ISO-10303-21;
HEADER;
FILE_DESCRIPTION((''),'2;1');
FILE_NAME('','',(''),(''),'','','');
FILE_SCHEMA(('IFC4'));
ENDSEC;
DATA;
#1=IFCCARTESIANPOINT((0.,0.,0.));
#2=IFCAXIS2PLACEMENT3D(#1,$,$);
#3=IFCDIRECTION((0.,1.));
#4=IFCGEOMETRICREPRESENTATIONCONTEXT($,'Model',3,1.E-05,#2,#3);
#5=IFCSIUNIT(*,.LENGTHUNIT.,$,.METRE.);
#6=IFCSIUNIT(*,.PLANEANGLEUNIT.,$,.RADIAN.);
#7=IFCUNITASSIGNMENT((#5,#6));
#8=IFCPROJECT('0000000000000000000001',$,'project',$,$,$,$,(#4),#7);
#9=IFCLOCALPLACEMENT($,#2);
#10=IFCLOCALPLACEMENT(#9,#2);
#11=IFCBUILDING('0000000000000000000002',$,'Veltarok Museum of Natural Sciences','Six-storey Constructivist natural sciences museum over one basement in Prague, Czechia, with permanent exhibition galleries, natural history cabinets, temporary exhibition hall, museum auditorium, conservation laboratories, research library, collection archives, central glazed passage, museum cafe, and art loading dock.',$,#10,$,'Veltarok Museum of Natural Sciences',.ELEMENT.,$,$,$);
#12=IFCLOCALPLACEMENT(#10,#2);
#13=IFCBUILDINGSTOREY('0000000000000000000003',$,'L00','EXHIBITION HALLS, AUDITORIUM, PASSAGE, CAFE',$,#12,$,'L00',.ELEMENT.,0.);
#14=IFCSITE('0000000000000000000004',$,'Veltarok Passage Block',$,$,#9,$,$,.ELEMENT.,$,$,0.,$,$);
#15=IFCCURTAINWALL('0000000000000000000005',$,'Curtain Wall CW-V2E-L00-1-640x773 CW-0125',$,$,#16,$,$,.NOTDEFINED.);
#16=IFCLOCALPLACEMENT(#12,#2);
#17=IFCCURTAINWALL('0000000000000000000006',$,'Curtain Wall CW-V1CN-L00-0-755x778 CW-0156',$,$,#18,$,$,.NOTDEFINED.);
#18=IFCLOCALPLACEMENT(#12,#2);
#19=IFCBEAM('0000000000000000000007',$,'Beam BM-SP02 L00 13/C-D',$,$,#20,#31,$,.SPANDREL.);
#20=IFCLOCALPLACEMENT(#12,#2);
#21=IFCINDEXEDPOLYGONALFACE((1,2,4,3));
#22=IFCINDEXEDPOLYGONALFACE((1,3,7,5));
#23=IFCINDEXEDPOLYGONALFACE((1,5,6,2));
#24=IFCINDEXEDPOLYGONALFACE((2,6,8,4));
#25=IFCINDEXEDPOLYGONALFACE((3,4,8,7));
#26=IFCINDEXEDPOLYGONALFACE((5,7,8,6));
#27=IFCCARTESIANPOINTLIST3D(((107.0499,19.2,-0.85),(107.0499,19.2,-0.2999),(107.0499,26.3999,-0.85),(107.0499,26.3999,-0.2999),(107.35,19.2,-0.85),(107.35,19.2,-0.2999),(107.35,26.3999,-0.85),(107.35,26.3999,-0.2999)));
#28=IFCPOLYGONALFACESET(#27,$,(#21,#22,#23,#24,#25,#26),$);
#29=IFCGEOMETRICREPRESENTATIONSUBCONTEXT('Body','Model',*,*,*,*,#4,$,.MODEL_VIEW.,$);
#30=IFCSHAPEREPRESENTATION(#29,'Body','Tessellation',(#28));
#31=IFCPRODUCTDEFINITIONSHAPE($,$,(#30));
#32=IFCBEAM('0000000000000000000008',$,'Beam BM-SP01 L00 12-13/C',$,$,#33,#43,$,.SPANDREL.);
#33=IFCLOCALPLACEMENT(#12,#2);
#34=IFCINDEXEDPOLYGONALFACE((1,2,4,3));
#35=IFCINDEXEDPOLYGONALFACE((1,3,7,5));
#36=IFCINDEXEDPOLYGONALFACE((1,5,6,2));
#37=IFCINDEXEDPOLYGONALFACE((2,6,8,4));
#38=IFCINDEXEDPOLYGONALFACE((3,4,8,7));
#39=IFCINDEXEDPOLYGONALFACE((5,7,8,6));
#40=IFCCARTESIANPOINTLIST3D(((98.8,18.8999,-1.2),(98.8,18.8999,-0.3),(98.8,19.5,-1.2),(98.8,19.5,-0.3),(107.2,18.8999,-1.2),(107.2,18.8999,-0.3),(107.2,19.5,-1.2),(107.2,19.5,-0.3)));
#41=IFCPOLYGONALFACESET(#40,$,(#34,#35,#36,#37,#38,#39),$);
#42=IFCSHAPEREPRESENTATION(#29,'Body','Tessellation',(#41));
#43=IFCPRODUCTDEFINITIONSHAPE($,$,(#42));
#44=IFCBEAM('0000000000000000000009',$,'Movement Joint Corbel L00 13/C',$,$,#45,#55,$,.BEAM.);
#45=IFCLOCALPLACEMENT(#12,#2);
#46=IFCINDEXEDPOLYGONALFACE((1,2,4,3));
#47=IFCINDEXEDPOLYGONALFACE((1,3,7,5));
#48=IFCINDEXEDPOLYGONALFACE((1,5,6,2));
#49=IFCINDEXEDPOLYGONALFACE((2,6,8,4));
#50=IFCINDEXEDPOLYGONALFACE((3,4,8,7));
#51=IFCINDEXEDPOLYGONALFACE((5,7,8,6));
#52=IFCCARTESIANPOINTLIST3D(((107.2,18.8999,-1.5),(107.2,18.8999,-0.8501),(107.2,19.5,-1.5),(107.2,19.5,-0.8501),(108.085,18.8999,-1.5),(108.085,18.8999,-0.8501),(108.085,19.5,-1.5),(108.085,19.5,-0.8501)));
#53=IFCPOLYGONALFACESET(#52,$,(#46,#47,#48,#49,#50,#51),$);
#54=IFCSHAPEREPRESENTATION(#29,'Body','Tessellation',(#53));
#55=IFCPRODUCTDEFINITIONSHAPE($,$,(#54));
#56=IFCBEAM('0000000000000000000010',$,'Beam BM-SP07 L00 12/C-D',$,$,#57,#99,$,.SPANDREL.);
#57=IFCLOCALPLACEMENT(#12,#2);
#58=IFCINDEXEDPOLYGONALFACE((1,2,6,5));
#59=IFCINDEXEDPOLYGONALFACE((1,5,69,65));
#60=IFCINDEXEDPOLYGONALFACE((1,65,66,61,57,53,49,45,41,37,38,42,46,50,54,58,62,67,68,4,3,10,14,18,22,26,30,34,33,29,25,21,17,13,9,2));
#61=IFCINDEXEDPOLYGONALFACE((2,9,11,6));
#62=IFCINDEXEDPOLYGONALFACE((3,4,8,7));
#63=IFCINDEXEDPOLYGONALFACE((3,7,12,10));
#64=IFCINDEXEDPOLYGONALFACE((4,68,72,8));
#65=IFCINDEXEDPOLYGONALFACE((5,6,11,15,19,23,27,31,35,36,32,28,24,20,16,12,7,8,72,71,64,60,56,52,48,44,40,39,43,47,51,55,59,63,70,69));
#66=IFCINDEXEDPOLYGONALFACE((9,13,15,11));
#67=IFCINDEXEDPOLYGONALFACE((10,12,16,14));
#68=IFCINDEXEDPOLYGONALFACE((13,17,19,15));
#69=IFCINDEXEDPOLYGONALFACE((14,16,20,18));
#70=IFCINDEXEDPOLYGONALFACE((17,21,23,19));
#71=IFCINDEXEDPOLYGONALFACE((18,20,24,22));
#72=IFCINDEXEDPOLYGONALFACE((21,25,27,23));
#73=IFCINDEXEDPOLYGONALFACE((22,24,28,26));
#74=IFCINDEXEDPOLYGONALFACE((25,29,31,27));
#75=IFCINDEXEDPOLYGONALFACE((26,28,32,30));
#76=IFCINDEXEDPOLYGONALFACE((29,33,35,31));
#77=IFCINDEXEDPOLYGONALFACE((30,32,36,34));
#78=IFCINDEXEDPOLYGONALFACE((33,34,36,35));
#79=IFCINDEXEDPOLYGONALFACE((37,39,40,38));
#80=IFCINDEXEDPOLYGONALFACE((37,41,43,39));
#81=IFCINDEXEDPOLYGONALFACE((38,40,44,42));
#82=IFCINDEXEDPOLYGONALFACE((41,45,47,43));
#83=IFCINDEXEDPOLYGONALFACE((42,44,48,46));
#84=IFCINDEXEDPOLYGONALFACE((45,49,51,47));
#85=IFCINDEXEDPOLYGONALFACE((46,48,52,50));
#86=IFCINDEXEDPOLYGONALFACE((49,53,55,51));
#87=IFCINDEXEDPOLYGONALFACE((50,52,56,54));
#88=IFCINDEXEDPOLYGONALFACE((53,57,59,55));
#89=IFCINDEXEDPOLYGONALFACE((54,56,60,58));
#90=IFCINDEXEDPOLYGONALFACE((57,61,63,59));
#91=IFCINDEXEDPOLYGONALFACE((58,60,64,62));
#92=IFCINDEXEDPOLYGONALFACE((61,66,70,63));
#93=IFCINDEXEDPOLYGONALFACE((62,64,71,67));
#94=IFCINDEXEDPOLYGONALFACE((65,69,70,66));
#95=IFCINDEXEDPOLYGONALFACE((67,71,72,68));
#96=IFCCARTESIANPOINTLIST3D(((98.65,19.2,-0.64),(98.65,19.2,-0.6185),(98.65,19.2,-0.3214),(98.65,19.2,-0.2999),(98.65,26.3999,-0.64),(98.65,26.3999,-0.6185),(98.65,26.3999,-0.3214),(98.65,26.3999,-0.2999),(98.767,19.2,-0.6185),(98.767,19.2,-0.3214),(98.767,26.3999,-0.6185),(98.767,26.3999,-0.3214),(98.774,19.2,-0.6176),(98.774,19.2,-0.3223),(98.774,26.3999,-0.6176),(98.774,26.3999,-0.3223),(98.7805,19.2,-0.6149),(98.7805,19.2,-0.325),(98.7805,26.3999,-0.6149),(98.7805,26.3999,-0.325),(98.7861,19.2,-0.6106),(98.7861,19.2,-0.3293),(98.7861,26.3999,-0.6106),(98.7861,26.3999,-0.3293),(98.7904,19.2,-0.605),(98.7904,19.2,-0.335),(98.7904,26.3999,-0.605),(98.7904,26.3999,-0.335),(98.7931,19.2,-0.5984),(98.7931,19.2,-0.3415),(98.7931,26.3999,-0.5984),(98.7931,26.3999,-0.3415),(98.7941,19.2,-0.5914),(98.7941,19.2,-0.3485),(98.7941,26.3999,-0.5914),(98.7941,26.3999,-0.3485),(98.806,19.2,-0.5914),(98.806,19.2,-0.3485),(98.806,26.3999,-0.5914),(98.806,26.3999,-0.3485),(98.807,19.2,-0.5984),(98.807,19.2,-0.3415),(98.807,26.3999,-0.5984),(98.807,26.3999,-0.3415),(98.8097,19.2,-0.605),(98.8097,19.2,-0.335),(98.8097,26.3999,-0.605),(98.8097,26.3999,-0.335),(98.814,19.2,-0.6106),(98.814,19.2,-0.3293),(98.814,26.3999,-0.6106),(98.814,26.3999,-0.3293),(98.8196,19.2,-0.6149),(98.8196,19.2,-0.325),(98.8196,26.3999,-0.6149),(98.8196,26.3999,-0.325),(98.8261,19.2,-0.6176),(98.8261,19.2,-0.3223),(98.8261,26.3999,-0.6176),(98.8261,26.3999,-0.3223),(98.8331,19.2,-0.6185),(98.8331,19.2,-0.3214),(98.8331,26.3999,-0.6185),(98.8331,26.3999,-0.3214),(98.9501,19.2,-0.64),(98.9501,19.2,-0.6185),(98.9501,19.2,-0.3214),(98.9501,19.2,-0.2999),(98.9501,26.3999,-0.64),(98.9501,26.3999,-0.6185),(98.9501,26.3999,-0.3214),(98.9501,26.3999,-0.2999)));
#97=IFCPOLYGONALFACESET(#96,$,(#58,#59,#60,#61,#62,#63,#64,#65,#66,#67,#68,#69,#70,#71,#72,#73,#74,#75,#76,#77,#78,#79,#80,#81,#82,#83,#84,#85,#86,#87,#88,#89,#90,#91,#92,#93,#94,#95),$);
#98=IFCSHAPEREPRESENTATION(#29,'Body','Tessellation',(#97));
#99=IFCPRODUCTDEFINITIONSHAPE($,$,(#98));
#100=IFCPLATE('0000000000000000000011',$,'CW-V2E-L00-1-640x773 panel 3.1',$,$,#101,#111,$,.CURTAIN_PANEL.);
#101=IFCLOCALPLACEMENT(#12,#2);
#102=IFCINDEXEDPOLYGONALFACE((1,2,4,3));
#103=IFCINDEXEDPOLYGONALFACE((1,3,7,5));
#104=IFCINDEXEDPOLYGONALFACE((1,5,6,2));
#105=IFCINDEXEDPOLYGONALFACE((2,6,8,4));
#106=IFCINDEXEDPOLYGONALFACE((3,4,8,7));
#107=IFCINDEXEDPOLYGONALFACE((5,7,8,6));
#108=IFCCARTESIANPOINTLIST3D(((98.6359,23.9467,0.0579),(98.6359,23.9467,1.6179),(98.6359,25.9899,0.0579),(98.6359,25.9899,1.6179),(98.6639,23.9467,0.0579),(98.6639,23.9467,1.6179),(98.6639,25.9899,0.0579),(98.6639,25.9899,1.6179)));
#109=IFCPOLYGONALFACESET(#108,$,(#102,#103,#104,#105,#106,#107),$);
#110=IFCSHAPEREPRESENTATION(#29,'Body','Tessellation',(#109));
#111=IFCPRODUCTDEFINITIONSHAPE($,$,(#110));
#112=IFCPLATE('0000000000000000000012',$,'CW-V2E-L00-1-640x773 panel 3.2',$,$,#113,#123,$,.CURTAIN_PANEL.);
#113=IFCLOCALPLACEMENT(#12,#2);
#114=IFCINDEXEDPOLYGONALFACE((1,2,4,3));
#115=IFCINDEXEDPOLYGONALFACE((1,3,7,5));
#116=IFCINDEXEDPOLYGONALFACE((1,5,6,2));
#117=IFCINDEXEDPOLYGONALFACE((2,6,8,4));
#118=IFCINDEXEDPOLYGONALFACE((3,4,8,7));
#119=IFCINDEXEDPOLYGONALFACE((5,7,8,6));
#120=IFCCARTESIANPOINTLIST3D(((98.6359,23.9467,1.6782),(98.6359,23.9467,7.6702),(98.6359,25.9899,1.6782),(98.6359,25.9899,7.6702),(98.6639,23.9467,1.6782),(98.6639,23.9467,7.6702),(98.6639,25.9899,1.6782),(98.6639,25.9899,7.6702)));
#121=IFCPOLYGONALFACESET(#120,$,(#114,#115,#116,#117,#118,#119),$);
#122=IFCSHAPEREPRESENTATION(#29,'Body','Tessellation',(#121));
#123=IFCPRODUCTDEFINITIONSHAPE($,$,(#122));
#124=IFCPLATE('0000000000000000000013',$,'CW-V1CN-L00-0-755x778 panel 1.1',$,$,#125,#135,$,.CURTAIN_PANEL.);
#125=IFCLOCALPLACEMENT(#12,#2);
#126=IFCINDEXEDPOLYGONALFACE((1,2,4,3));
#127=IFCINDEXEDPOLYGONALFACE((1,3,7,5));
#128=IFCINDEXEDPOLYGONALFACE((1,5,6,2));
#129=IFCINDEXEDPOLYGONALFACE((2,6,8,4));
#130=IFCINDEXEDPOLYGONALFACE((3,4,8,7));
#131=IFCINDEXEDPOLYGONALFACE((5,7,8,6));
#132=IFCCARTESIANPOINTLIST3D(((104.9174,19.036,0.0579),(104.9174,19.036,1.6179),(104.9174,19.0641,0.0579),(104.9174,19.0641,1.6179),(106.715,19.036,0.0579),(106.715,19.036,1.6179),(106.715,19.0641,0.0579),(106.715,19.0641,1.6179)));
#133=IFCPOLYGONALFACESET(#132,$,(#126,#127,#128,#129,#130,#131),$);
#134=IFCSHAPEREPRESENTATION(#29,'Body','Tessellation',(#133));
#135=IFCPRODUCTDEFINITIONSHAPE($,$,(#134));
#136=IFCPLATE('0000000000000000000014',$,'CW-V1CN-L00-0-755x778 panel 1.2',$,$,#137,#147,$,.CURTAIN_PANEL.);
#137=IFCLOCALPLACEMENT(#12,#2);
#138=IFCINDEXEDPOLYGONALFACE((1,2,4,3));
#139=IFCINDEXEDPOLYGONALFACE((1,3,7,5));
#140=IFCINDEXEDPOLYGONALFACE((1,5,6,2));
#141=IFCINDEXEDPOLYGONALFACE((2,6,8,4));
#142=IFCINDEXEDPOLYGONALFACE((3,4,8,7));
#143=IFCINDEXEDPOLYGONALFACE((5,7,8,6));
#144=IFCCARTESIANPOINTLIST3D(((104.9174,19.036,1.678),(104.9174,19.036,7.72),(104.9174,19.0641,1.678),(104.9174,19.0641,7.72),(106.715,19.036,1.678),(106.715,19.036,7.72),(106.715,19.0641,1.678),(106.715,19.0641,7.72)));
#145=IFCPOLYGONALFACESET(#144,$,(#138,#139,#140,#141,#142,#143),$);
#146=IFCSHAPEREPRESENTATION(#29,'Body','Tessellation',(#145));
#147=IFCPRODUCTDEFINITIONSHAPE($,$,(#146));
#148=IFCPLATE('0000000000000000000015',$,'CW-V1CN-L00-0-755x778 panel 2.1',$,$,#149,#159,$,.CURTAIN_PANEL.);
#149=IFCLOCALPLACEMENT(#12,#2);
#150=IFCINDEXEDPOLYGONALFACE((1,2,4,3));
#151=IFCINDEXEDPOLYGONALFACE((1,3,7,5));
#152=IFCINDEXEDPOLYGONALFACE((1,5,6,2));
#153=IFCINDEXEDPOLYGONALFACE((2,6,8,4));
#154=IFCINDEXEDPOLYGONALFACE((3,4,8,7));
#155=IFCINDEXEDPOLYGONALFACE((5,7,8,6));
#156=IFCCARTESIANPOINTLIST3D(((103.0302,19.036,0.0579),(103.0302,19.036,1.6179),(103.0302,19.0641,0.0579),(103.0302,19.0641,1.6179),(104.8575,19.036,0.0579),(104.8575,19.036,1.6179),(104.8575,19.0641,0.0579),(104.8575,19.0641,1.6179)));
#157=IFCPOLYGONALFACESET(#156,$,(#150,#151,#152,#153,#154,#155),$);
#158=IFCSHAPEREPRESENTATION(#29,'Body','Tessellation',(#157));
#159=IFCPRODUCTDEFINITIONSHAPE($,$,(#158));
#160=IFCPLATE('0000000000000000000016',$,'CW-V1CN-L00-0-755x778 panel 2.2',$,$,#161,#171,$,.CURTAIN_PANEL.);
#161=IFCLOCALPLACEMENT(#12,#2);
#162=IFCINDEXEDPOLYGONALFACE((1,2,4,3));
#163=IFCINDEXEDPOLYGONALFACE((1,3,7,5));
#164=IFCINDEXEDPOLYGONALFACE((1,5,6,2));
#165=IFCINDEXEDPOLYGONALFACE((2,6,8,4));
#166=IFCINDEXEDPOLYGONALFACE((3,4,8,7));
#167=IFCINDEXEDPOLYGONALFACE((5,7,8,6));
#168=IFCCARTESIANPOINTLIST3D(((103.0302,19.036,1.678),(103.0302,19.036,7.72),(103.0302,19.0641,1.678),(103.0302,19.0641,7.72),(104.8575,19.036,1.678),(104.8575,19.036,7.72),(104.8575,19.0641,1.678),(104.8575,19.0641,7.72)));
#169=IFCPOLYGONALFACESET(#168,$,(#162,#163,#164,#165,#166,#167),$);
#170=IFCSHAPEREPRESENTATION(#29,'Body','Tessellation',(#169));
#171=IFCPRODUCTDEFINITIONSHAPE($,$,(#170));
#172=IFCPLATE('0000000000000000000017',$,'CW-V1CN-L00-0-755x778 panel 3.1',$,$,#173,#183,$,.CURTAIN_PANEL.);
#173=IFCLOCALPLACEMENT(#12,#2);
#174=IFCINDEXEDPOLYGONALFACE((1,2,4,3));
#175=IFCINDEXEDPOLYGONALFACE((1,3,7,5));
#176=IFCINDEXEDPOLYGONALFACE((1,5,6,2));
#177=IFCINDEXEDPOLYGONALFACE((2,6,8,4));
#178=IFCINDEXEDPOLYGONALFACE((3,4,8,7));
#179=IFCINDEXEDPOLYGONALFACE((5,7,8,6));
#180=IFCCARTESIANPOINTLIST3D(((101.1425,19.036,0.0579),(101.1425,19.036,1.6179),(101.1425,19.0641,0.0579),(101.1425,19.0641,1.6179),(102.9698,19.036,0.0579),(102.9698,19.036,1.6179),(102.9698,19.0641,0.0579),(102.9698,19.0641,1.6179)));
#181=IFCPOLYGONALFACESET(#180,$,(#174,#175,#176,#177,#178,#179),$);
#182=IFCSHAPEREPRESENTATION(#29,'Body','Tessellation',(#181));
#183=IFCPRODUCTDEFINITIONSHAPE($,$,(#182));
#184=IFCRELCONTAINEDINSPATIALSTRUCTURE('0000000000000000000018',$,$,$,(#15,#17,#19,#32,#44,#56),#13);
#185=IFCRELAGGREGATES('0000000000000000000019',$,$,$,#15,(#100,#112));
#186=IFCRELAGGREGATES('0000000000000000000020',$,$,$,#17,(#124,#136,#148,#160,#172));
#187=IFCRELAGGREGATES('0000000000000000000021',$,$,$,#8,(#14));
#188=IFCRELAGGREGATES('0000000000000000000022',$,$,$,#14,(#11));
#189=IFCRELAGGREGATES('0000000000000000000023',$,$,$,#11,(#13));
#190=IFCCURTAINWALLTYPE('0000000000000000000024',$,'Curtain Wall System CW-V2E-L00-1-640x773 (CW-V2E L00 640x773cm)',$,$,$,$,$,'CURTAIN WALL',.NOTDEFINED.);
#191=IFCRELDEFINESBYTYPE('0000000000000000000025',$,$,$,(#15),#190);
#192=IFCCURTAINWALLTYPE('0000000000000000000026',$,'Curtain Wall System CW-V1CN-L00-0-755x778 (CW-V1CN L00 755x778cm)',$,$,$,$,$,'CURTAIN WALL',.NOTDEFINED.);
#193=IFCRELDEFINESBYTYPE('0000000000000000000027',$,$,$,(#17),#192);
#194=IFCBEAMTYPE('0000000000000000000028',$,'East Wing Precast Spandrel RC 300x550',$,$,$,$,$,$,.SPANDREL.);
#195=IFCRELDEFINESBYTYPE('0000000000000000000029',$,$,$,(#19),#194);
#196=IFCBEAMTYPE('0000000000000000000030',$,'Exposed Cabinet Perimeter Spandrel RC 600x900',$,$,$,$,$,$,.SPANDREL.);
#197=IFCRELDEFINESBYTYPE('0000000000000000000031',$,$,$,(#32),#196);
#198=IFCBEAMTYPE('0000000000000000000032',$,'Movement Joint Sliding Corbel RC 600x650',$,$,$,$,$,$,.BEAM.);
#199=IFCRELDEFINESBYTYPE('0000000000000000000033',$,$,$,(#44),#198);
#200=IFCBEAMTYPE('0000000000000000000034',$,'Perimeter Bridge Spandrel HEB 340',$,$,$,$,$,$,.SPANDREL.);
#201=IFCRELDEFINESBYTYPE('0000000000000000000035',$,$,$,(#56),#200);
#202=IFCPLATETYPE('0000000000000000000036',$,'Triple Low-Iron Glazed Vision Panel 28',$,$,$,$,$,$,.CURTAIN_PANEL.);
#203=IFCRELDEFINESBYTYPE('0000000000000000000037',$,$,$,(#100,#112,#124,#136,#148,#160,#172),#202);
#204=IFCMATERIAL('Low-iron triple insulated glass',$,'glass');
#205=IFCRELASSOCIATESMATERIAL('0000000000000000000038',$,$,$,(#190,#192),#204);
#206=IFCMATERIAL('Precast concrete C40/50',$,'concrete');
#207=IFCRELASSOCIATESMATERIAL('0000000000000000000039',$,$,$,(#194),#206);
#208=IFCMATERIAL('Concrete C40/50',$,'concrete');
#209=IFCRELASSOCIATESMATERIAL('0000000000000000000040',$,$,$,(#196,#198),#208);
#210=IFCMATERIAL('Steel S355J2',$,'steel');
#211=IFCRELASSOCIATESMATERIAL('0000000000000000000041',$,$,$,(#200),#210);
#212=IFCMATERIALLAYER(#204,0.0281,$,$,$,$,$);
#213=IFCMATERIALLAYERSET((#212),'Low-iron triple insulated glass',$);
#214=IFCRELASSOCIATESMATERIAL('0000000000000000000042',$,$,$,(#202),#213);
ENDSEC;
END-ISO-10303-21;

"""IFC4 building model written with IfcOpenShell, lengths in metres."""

from ifc_helpers import new_model, si_unit, direction, frame, origin, origin_2d, place, context, subcontext, project, spatial, rectangle, i_section, extrude, material, layer, layer_set, material_profile, profile_set, type_object, element, aggregate, save


model = new_model("IFC4")

# Units and contexts
model_context = context("Model", 3, precision=1e-05, world=origin(), true_north=direction((0.0, 1.0)))
body_context = subcontext(model_context, "Body", "Model", "MODEL_VIEW")
ifc_project = project(units=[si_unit("LENGTHUNIT", "METRE"), si_unit("PLANEANGLEUNIT", "RADIAN")], contexts=[model_context])

# Site, building, storey
site_placement = place(None, origin())
site = spatial("IfcSite", under=ifc_project, at=site_placement, Name="Veltarok Passage Block", CompositionType="ELEMENT", RefElevation=0.0)
building_placement = place(site_placement, origin())
building = spatial("IfcBuilding", under=site, at=building_placement, Name="Veltarok Museum of Natural Sciences", Description="Six-storey Constructivist natural sciences museum over one basement in Prague, Czechia, with permanent exhibition galleries, natural history cabinets, temporary exhibition hall, museum auditorium, conservation laboratories, research library, collection archives, central glazed passage, museum cafe, and art loading dock.", LongName="Veltarok Museum of Natural Sciences", CompositionType="ELEMENT")
storey_placement = place(building_placement, origin())
storey = spatial("IfcBuildingStorey", under=building, at=storey_placement, Name="L00", Description="EXHIBITION HALLS, AUDITORIUM, PASSAGE, CAFE", LongName="L00", CompositionType="ELEMENT", Elevation=0.0)

# Shared definitions
ifc_material_1 = material(Name="Concrete C40/50", Category="concrete")

# Curtain walls
ifc_material_2 = material(Name="Low-iron triple insulated glass", Category="glass")
curtain_wall_type_1 = type_object("IfcCurtainWallType", Name="Curtain Wall System CW-V2E-L00-1-640x773 (CW-V2E L00 640x773cm)", ElementType="CURTAIN WALL", PredefinedType="NOTDEFINED", material=ifc_material_2)
curtain_wall_1_placement = place(storey_placement, origin())
curtain_wall_1 = element("IfcCurtainWall", 1, at=curtain_wall_1_placement, inside=storey, type_object=curtain_wall_type_1, Name="Curtain Wall CW-V2E-L00-1-640x773 CW-0125", PredefinedType="NOTDEFINED")
curtain_wall_type_2 = type_object("IfcCurtainWallType", Name="Curtain Wall System CW-V1CN-L00-0-755x778 (CW-V1CN L00 755x778cm)", ElementType="CURTAIN WALL", PredefinedType="NOTDEFINED", material=ifc_material_2)
curtain_wall_2_placement = place(storey_placement, origin())
curtain_wall_2 = element("IfcCurtainWall", 2, at=curtain_wall_2_placement, inside=storey, type_object=curtain_wall_type_2, Name="Curtain Wall CW-V1CN-L00-0-755x778 CW-0156", PredefinedType="NOTDEFINED")

# Beams
ifc_material_3 = material(Name="Precast concrete C40/50", Category="concrete")
ifc_material_profile_1 = material_profile(ifc_material_3, rectangle(XDim=0.3, YDim=0.55, at=origin_2d()), Name="RC 300x550")
ifc_profile_set_1 = profile_set([ifc_material_profile_1], Name="Precast concrete C40/50")
beam_type_1 = type_object("IfcBeamType", Name="East Wing Precast Spandrel RC 300x550", PredefinedType="SPANDREL", material=ifc_profile_set_1)
beam_1_placement = place(storey_placement, frame((107.2, 19.2, -0.575), z_axis=(0.0, 1.0, 0.0), x_axis=(-1.0, 0.0, 0.0)))
element("IfcBeam", 3, at=beam_1_placement, inside=storey, type_object=beam_type_1, Name="Beam BM-SP02 L00 13/C-D", PredefinedType="SPANDREL", context=body_context, shape_type="SweptSolid", body=[
    extrude(rectangle(XDim=0.3, YDim=0.55, at=origin_2d()), origin(), (0.0, 0.0, 1.0), 7.2),
])
ifc_material_profile_2 = material_profile(ifc_material_1, rectangle(XDim=0.6001, YDim=0.8999, at=origin_2d()), Name="RC 600x900")
ifc_profile_set_2 = profile_set([ifc_material_profile_2], Name="Concrete C40/50")
beam_type_2 = type_object("IfcBeamType", Name="Exposed Cabinet Perimeter Spandrel RC 600x900", PredefinedType="SPANDREL", material=ifc_profile_set_2)
beam_2_placement = place(storey_placement, frame((98.8, 19.2, -0.75), z_axis=(1.0, 0.0, 0.0), x_axis=(0.0, 1.0, 0.0)))
element("IfcBeam", 4, at=beam_2_placement, inside=storey, type_object=beam_type_2, Name="Beam BM-SP01 L00 12-13/C", PredefinedType="SPANDREL", context=body_context, shape_type="SweptSolid", body=[
    extrude(rectangle(XDim=0.6001, YDim=0.8999, at=origin_2d()), origin(), (0.0, 0.0, 1.0), 8.3999),
])
ifc_material_profile_3 = material_profile(ifc_material_1, rectangle(XDim=0.6001, YDim=0.6499, at=origin_2d()), Name="RC 600x650")
ifc_profile_set_3 = profile_set([ifc_material_profile_3], Name="Concrete C40/50")
beam_type_3 = type_object("IfcBeamType", Name="Movement Joint Sliding Corbel RC 600x650", PredefinedType="BEAM", material=ifc_profile_set_3)
beam_3_placement = place(storey_placement, frame((107.2, 19.2, -1.175), z_axis=(1.0, 0.0, 0.0), x_axis=(0.0, 1.0, 0.0)))
element("IfcBeam", 5, at=beam_3_placement, inside=storey, type_object=beam_type_3, Name="Movement Joint Corbel L00 13/C", PredefinedType="BEAM", context=body_context, shape_type="SweptSolid", body=[
    extrude(rectangle(XDim=0.6001, YDim=0.6499, at=origin_2d()), origin(), (0.0, 0.0, 1.0), 0.885),
])
ifc_material_4 = material(Name="Steel S355J2", Category="steel")
ifc_material_profile_4 = material_profile(ifc_material_4, i_section(OverallWidth=0.3, OverallDepth=0.3401, WebThickness=0.012, FlangeThickness=0.0215, FilletRadius=0.0271, at=origin_2d()), Name="HEB 340")
ifc_profile_set_4 = profile_set([ifc_material_profile_4], Name="Steel S355J2")
beam_type_4 = type_object("IfcBeamType", Name="Perimeter Bridge Spandrel HEB 340", PredefinedType="SPANDREL", material=ifc_profile_set_4)
beam_4_placement = place(storey_placement, frame((98.8, 19.2, -0.47), z_axis=(0.0, 1.0, 0.0), x_axis=(-1.0, 0.0, 0.0)))
element("IfcBeam", 6, at=beam_4_placement, inside=storey, type_object=beam_type_4, Name="Beam BM-SP07 L00 12/C-D", PredefinedType="SPANDREL", context=body_context, shape_type="SweptSolid", body=[
    extrude(i_section(OverallWidth=0.3, OverallDepth=0.3401, WebThickness=0.012, FlangeThickness=0.0215, FilletRadius=0.0271, at=origin_2d()), origin(), (0.0, 0.0, 1.0), 7.2),
])

# Plates
ifc_layer_1 = layer(ifc_material_2, 0.0281)
ifc_layer_set_1 = layer_set([ifc_layer_1], Name="Low-iron triple insulated glass")
plate_type = type_object("IfcPlateType", Name="Triple Low-Iron Glazed Vision Panel 28", PredefinedType="CURTAIN_PANEL", material=ifc_layer_set_1)
plate_1_placement = place(storey_placement, frame((98.6499, 24.9683, 0.0579), z_axis=(0.0, 0.0, 1.0), x_axis=(0.0, 1.0, 0.0)))
plate_1 = element("IfcPlate", 7, at=plate_1_placement, type_object=plate_type, Name="CW-V2E-L00-1-640x773 panel 3.1", PredefinedType="CURTAIN_PANEL", context=body_context, shape_type="SweptSolid", body=[
    extrude(rectangle(XDim=2.0432, YDim=0.0281, at=origin_2d()), origin(), (0.0, 0.0, 1.0), 1.5601),
])
plate_2_placement = place(storey_placement, frame((98.6499, 24.9683, 1.6782), z_axis=(0.0, 0.0, 1.0), x_axis=(0.0, 1.0, 0.0)))
plate_2 = element("IfcPlate", 8, at=plate_2_placement, type_object=plate_type, Name="CW-V2E-L00-1-640x773 panel 3.2", PredefinedType="CURTAIN_PANEL", context=body_context, shape_type="SweptSolid", body=[
    extrude(rectangle(XDim=2.0432, YDim=0.0281, at=origin_2d()), origin(), (0.0, 0.0, 1.0), 5.9919),
])
aggregate(curtain_wall_1, [plate_1, plate_2])
plate_3_placement = place(storey_placement, frame((105.8162, 19.05, 0.0579), z_axis=(0.0, 0.0, 1.0), x_axis=(-1.0, 0.0, 0.0)))
plate_3 = element("IfcPlate", 9, at=plate_3_placement, type_object=plate_type, Name="CW-V1CN-L00-0-755x778 panel 1.1", PredefinedType="CURTAIN_PANEL", context=body_context, shape_type="SweptSolid", body=[
    extrude(rectangle(XDim=1.7976, YDim=0.0281, at=origin_2d()), origin(), (0.0, 0.0, 1.0), 1.5601),
])
plate_4_placement = place(storey_placement, frame((105.8162, 19.05, 1.678), z_axis=(0.0, 0.0, 1.0), x_axis=(-1.0, 0.0, 0.0)))
plate_4 = element("IfcPlate", 10, at=plate_4_placement, type_object=plate_type, Name="CW-V1CN-L00-0-755x778 panel 1.2", PredefinedType="CURTAIN_PANEL", context=body_context, shape_type="SweptSolid", body=[
    extrude(rectangle(XDim=1.7976, YDim=0.0281, at=origin_2d()), origin(), (0.0, 0.0, 1.0), 6.042),
])
plate_5_placement = place(storey_placement, frame((103.9438, 19.05, 0.0579), z_axis=(0.0, 0.0, 1.0), x_axis=(-1.0, 0.0, 0.0)))
plate_5 = element("IfcPlate", 11, at=plate_5_placement, type_object=plate_type, Name="CW-V1CN-L00-0-755x778 panel 2.1", PredefinedType="CURTAIN_PANEL", context=body_context, shape_type="SweptSolid", body=[
    extrude(rectangle(XDim=1.8274, YDim=0.0281, at=origin_2d()), origin(), (0.0, 0.0, 1.0), 1.5601),
])
plate_6_placement = place(storey_placement, frame((103.9438, 19.05, 1.678), z_axis=(0.0, 0.0, 1.0), x_axis=(-1.0, 0.0, 0.0)))
plate_6 = element("IfcPlate", 12, at=plate_6_placement, type_object=plate_type, Name="CW-V1CN-L00-0-755x778 panel 2.2", PredefinedType="CURTAIN_PANEL", context=body_context, shape_type="SweptSolid", body=[
    extrude(rectangle(XDim=1.8274, YDim=0.0281, at=origin_2d()), origin(), (0.0, 0.0, 1.0), 6.042),
])
plate_7_placement = place(storey_placement, frame((102.0562, 19.05, 0.0579), z_axis=(0.0, 0.0, 1.0), x_axis=(-1.0, 0.0, 0.0)))
plate_7 = element("IfcPlate", 13, at=plate_7_placement, type_object=plate_type, Name="CW-V1CN-L00-0-755x778 panel 3.1", PredefinedType="CURTAIN_PANEL", context=body_context, shape_type="SweptSolid", body=[
    extrude(rectangle(XDim=1.8274, YDim=0.0281, at=origin_2d()), origin(), (0.0, 0.0, 1.0), 1.5601),
])
aggregate(curtain_wall_2, [plate_3, plate_4, plate_5, plate_6, plate_7])

save(model, "model.ifc")
